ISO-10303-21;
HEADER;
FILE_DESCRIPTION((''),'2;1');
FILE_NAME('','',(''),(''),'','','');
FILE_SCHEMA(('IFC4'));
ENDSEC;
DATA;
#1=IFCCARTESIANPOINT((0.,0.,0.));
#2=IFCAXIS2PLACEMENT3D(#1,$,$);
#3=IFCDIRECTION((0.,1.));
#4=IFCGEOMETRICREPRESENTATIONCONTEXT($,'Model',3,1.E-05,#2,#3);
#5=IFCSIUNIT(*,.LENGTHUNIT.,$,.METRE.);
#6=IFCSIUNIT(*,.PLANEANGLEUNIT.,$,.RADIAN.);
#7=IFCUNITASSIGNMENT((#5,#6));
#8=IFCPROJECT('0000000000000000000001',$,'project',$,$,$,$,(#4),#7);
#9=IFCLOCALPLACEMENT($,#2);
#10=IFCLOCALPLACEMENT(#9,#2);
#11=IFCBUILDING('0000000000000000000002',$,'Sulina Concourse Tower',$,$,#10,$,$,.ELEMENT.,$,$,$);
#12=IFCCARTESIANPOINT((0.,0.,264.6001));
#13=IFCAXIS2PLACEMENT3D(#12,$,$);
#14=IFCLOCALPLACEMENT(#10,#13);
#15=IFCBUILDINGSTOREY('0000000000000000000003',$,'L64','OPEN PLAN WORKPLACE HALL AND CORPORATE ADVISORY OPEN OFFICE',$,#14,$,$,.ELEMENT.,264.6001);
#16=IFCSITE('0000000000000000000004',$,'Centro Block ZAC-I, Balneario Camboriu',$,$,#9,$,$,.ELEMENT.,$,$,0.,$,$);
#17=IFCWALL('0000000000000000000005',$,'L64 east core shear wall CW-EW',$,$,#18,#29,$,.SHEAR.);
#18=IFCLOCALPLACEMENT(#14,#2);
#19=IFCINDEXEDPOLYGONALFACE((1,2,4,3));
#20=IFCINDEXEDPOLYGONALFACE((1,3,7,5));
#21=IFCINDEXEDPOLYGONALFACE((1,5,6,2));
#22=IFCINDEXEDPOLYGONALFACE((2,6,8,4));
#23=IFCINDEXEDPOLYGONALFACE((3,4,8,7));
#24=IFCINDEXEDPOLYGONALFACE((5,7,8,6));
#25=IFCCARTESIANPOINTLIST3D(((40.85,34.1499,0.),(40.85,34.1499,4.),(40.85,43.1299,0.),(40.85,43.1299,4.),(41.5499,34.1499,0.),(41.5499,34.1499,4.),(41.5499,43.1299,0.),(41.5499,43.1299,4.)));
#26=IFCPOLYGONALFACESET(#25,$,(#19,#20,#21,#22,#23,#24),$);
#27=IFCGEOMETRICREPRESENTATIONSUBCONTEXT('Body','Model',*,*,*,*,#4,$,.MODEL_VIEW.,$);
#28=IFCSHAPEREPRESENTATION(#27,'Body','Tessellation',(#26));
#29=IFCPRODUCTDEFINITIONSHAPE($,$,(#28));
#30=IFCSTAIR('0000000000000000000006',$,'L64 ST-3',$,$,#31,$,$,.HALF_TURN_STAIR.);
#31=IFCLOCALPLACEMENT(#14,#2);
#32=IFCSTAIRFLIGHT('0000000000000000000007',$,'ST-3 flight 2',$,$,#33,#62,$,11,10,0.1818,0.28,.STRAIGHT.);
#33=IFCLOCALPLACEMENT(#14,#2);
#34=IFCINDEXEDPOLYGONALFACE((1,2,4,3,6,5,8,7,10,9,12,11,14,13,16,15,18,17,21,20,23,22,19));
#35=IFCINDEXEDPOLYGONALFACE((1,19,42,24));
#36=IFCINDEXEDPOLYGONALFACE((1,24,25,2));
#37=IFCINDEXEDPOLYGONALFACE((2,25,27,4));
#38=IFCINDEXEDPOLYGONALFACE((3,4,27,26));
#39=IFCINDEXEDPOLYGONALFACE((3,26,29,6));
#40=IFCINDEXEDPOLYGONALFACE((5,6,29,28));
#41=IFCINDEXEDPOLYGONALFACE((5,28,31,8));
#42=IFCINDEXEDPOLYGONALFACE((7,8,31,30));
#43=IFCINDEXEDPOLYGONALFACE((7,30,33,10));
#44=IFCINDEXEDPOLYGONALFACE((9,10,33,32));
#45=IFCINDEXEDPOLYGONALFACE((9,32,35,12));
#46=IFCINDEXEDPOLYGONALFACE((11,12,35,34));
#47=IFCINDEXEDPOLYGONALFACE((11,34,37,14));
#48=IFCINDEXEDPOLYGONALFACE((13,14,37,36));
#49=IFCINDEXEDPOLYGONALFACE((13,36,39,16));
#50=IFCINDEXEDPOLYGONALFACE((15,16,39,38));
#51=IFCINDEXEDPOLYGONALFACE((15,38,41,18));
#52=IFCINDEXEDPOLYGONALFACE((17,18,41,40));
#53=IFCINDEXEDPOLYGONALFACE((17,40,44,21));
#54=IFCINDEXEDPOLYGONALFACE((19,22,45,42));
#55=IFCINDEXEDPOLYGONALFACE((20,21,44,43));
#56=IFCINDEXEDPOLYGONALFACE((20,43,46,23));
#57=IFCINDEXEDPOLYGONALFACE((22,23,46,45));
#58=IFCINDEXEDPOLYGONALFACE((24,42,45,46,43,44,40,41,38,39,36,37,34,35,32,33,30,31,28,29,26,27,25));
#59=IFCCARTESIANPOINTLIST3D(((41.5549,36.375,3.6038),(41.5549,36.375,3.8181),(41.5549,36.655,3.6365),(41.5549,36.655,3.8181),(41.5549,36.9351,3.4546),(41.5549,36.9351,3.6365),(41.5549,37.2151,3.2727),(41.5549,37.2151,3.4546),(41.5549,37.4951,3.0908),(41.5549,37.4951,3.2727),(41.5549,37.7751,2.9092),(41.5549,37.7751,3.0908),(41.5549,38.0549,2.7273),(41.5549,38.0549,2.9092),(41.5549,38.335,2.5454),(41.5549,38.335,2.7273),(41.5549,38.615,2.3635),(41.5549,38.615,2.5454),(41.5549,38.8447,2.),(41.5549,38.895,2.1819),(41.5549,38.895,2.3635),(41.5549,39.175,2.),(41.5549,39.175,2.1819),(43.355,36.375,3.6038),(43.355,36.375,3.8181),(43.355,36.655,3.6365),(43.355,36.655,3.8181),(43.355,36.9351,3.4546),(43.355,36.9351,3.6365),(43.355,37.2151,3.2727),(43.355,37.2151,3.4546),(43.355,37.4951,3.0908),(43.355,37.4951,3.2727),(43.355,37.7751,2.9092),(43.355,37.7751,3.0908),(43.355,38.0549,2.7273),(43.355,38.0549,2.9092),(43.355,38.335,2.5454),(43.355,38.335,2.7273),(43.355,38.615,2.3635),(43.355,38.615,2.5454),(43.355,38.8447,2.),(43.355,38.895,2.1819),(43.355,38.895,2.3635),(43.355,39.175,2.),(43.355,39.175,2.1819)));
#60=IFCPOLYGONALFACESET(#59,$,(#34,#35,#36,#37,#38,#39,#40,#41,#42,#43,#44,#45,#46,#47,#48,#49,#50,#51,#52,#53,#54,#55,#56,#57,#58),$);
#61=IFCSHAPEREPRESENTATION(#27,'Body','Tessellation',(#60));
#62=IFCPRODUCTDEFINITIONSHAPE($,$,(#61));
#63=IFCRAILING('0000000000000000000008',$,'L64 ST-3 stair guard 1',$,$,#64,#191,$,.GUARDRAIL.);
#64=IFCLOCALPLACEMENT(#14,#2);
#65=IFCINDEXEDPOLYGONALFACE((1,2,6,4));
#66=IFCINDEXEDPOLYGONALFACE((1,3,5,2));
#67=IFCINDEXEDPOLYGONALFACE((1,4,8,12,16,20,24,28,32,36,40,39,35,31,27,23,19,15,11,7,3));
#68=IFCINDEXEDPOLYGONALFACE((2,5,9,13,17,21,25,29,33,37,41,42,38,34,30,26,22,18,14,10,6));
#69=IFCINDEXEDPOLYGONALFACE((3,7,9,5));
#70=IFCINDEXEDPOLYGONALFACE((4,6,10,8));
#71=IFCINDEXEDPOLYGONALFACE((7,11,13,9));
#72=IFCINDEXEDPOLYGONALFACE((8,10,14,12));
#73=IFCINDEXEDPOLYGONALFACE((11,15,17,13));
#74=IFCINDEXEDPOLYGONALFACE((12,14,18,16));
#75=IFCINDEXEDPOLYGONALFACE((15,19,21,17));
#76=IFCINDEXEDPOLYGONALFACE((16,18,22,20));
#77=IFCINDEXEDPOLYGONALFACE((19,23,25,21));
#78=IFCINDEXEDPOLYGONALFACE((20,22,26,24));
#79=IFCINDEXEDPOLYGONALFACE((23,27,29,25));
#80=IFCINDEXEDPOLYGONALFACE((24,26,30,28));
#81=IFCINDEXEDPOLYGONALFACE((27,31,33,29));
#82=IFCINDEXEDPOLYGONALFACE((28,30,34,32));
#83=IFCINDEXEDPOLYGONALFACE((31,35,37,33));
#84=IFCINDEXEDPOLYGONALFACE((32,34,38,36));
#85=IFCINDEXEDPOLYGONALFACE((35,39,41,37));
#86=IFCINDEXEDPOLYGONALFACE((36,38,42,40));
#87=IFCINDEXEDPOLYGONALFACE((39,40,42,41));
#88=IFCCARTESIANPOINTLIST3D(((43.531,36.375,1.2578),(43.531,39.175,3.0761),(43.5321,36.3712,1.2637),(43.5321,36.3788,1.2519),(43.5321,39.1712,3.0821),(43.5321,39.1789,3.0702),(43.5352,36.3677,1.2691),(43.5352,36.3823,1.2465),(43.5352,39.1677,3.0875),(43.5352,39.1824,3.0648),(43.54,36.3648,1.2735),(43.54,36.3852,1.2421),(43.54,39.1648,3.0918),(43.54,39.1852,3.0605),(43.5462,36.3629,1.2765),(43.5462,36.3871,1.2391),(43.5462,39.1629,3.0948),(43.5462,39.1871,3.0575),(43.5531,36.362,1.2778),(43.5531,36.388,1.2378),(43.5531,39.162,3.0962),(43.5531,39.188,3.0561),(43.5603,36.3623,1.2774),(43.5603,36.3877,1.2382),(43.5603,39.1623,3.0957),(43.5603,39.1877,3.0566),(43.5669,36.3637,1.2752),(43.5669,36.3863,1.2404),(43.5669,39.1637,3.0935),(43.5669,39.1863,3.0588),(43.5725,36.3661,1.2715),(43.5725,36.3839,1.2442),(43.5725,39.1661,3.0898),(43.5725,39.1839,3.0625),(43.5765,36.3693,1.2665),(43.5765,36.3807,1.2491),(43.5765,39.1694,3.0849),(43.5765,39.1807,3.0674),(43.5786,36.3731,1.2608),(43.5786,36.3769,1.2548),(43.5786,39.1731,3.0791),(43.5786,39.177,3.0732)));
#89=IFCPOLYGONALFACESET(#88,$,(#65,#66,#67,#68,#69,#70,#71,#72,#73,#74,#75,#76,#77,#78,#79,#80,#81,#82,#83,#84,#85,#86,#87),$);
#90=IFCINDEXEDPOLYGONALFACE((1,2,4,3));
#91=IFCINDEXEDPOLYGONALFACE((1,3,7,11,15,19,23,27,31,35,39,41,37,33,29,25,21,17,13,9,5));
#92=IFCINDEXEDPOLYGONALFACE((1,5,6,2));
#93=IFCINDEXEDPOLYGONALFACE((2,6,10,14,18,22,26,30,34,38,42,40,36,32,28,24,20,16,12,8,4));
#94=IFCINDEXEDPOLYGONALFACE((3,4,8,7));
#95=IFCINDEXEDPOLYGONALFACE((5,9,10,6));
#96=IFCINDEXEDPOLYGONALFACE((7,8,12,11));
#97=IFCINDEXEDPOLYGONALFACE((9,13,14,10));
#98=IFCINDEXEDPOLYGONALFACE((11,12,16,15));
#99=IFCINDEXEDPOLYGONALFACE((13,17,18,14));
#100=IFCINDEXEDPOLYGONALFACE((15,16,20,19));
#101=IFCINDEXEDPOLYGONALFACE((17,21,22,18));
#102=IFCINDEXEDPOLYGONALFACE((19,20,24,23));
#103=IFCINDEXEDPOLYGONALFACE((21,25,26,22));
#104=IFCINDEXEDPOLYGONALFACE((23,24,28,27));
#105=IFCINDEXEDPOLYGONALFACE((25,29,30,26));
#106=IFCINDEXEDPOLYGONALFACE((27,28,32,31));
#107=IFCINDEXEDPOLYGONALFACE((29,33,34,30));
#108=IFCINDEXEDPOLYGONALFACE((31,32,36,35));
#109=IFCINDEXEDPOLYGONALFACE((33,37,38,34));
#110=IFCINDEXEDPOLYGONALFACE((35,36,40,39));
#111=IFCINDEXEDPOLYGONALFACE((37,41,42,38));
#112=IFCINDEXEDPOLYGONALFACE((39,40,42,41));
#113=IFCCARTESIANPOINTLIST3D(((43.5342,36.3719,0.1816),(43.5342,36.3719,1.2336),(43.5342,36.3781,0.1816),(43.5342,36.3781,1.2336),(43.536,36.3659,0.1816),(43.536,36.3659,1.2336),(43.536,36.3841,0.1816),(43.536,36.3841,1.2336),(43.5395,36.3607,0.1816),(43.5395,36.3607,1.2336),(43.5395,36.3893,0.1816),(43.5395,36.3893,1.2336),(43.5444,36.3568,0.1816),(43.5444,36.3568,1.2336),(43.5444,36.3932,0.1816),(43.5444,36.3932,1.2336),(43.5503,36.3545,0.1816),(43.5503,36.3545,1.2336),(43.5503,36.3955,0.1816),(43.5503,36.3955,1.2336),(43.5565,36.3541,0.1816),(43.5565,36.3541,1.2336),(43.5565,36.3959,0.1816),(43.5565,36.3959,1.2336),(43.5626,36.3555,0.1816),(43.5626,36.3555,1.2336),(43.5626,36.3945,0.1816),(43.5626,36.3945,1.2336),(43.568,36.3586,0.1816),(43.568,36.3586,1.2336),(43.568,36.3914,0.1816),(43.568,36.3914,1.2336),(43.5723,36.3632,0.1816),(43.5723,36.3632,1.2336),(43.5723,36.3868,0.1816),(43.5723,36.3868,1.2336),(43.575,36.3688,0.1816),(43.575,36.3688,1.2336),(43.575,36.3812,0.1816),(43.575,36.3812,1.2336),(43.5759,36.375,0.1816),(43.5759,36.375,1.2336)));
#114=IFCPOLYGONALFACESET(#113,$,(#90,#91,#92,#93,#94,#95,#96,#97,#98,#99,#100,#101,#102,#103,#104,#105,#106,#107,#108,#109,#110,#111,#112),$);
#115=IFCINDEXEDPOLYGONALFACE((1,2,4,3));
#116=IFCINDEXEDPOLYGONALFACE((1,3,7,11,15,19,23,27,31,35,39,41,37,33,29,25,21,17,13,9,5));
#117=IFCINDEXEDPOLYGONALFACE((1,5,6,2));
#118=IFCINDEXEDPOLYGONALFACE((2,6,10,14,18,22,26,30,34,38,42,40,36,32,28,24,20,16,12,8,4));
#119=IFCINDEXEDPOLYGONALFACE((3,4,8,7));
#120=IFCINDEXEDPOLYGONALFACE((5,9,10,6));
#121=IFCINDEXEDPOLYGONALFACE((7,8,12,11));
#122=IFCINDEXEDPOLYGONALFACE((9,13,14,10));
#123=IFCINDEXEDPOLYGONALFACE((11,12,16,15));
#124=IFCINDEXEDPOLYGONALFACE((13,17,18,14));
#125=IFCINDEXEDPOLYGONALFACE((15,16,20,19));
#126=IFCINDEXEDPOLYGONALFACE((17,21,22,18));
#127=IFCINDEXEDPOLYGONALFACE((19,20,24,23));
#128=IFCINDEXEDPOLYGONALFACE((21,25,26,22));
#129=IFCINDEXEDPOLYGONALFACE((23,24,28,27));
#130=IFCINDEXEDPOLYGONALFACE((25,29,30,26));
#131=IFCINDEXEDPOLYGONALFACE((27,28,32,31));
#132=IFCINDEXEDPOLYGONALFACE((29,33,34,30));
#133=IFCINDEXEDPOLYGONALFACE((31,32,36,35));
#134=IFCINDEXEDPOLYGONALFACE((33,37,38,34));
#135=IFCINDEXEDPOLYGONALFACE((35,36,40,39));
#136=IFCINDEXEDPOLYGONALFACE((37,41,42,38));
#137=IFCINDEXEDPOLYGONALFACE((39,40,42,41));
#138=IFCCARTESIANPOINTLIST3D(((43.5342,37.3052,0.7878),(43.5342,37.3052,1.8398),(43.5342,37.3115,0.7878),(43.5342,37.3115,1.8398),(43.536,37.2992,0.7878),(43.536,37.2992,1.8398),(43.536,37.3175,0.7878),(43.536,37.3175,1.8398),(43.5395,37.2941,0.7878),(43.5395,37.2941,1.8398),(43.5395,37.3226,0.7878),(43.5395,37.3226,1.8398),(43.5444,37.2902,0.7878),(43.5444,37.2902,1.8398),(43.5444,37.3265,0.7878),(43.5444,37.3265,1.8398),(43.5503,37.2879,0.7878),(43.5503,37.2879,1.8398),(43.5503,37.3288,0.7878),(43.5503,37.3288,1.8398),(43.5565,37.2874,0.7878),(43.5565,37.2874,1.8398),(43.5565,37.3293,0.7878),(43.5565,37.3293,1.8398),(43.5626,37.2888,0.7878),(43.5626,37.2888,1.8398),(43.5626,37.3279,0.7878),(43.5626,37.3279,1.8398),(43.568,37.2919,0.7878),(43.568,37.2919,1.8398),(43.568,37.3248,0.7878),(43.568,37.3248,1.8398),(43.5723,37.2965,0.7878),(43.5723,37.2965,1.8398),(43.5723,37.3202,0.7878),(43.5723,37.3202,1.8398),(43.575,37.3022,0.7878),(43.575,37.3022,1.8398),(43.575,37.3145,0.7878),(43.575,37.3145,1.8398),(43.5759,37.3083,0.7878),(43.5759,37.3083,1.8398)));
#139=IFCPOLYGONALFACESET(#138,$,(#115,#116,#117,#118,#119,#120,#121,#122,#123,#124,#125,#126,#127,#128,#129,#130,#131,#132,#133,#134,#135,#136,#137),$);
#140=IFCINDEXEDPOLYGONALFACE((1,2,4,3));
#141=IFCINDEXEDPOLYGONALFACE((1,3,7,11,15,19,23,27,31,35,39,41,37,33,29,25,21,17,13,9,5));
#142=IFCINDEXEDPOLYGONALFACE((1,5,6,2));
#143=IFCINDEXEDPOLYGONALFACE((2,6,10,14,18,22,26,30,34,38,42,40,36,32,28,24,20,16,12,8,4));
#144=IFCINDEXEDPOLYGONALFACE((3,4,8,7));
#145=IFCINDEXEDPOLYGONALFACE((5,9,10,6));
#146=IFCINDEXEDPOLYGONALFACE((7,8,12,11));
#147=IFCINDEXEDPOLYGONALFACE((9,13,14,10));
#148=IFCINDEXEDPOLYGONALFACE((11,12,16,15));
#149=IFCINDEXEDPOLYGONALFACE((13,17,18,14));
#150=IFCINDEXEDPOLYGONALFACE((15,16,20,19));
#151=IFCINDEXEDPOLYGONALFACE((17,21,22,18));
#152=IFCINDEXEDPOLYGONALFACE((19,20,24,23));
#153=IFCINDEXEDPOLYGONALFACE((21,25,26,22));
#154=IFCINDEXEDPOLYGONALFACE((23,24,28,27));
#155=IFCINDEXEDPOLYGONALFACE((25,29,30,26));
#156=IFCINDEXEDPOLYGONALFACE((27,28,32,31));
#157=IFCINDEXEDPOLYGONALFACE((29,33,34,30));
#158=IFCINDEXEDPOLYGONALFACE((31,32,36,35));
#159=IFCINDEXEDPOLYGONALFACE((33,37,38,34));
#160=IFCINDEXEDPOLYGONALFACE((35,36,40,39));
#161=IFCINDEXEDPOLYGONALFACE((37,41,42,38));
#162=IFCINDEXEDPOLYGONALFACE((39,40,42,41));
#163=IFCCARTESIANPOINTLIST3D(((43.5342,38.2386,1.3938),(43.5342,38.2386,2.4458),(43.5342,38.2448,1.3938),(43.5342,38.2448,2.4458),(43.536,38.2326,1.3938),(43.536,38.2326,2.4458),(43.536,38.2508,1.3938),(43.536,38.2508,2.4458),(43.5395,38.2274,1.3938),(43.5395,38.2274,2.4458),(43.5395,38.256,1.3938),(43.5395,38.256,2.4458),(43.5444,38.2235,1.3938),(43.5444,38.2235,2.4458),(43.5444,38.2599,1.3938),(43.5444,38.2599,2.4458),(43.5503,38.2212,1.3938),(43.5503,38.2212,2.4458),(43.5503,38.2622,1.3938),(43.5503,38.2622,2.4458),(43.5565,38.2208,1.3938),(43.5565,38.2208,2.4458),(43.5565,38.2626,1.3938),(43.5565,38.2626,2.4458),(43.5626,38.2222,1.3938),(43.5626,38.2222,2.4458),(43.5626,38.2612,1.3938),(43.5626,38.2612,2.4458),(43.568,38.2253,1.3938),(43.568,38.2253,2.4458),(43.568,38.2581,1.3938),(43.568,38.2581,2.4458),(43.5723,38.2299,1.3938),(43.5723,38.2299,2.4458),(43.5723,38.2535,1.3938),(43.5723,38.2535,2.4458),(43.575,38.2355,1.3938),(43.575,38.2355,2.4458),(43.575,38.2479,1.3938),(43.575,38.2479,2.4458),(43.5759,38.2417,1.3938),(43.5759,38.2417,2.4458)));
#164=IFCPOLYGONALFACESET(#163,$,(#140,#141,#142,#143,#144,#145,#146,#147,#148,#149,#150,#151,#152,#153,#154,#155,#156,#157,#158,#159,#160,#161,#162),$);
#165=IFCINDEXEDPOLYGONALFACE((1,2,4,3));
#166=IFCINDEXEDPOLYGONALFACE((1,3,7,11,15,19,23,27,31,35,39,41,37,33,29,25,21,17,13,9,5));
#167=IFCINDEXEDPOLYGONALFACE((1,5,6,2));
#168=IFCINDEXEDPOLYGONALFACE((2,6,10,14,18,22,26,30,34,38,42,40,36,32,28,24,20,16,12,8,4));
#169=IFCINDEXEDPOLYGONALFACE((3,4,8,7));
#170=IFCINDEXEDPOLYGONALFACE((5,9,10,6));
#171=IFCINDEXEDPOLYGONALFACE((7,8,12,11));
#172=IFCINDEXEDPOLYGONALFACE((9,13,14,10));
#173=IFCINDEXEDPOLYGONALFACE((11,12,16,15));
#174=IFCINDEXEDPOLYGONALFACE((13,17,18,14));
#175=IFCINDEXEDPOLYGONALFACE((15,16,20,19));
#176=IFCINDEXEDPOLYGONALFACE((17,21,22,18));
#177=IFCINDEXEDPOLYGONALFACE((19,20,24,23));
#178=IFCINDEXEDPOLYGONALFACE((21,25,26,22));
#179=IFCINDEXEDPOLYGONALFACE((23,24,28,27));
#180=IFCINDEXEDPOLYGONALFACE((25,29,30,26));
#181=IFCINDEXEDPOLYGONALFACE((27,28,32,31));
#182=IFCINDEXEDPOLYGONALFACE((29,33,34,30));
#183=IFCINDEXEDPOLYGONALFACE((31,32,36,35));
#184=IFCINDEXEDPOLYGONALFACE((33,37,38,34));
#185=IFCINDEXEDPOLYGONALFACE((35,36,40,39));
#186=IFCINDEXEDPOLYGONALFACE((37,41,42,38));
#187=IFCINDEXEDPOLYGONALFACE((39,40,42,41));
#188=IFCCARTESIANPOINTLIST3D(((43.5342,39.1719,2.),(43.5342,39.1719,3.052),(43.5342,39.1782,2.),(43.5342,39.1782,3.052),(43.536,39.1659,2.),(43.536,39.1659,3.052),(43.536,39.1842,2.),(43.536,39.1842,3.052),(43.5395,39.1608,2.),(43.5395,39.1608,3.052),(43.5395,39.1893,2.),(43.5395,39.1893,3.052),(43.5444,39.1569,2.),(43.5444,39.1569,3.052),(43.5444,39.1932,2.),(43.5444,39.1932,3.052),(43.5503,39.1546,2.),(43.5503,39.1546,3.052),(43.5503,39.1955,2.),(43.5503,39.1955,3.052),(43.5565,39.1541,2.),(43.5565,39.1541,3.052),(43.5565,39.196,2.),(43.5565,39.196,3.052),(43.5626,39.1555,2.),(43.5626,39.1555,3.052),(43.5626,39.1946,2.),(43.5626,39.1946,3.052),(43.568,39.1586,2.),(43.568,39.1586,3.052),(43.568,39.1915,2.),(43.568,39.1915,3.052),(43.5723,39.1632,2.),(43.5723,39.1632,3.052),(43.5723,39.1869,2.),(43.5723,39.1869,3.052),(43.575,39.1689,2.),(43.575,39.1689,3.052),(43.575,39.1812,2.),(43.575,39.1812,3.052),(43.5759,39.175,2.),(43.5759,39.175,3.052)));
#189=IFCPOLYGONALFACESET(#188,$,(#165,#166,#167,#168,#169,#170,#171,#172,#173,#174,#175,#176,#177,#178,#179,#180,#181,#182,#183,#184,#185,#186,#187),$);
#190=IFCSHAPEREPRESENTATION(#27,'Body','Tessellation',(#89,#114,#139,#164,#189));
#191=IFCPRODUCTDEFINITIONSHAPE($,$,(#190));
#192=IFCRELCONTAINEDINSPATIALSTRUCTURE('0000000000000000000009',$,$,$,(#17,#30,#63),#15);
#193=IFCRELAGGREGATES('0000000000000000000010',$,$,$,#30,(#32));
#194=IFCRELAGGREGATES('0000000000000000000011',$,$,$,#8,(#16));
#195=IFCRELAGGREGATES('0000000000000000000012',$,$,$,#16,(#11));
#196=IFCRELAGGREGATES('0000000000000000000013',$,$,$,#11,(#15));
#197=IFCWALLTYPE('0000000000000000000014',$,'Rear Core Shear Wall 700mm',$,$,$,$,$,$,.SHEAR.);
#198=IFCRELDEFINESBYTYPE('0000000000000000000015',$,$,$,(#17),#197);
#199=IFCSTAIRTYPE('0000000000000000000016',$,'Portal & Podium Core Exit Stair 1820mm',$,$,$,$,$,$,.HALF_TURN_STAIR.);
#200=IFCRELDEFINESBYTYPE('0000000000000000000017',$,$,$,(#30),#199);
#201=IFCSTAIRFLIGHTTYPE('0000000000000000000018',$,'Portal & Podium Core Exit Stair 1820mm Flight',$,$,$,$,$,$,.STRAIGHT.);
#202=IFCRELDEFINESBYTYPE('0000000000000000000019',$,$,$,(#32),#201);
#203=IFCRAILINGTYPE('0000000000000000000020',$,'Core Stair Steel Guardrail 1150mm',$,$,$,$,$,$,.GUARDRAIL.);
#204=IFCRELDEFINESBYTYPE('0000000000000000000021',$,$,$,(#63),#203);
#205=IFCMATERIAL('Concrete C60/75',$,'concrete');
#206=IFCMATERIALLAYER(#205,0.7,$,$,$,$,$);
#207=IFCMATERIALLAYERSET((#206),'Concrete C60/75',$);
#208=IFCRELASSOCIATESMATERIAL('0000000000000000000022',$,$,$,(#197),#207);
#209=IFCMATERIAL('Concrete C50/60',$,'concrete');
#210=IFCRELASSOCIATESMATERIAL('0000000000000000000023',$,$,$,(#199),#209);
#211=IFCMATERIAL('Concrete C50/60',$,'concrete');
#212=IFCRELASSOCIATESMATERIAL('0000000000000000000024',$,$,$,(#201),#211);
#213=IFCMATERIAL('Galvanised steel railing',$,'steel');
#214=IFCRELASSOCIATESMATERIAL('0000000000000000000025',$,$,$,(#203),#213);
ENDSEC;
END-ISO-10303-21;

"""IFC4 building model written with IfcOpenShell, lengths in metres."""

from ifc_helpers import new_model, si_unit, direction, frame, frame_2d, origin, origin_2d, place, context, subcontext, project, spatial, polyline, rectangle, circle, outline, extrude, material, layer, layer_set, type_object, element, aggregate, save


model = new_model("IFC4")

# Units and contexts
model_context = context("Model", 3, precision=1e-05, world=origin(), true_north=direction((0.0, 1.0)))
body_context = subcontext(model_context, "Body", "Model", "MODEL_VIEW")
ifc_project = project(units=[si_unit("LENGTHUNIT", "METRE"), si_unit("PLANEANGLEUNIT", "RADIAN")], contexts=[model_context])

# Site, building, storey
site_placement = place(None, origin())
site = spatial("IfcSite", under=ifc_project, at=site_placement, Name="Centro Block ZAC-I, Balneario Camboriu", CompositionType="ELEMENT", RefElevation=0.0)
building_placement = place(site_placement, origin())
building = spatial("IfcBuilding", under=site, at=building_placement, Name="Sulina Concourse Tower", CompositionType="ELEMENT")
storey_placement = place(building_placement, frame((0.0, 0.0, 264.6001)))
storey = spatial("IfcBuildingStorey", under=building, at=storey_placement, Name="L64", Description="OPEN PLAN WORKPLACE HALL AND CORPORATE ADVISORY OPEN OFFICE", CompositionType="ELEMENT", Elevation=264.6001)

# Wall
ifc_material_1 = material(Name="Concrete C60/75", Category="concrete")
ifc_layer_1 = layer(ifc_material_1, 0.7)
ifc_layer_set_1 = layer_set([ifc_layer_1], Name="Concrete C60/75")
wall_type_1 = type_object("IfcWallType", Name="Rear Core Shear Wall 700mm", PredefinedType="SHEAR", material=ifc_layer_set_1)
wall_1_placement = place(storey_placement, frame((41.2, 34.1499, 0.0), z_axis=(0.0, 0.0, 1.0), x_axis=(0.0, 1.0, 0.0)))
element("IfcWall", 1, at=wall_1_placement, inside=storey, type_object=wall_type_1, Name="L64 east core shear wall CW-EW", PredefinedType="SHEAR", context=body_context, shape_type="SweptSolid", body=[
    extrude(rectangle(XDim=8.98, YDim=0.7, at=frame_2d((4.49, 0.0))), origin(), (0.0, 0.0, 1.0), 4.0),
])

# Stair, stair flight
ifc_material_2 = material(Name="Concrete C50/60", Category="concrete")
stair_type = type_object("IfcStairType", Name="Portal & Podium Core Exit Stair 1820mm", PredefinedType="HALF_TURN_STAIR", material=ifc_material_2)
stair_placement = place(storey_placement, origin())
stair = element("IfcStair", 2, at=stair_placement, inside=storey, type_object=stair_type, Name="L64 ST-3", PredefinedType="HALF_TURN_STAIR")
ifc_material_3 = material(Name="Concrete C50/60", Category="concrete")
stair_flight_type = type_object("IfcStairFlightType", Name="Portal & Podium Core Exit Stair 1820mm Flight", PredefinedType="STRAIGHT", material=ifc_material_3)
stair_flight_placement = place(storey_placement, frame((42.4551, 39.175, 2.0), z_axis=(0.0, 0.0, 1.0), x_axis=(0.0, -1.0, 0.0)))
stair_flight = element("IfcStairFlight", 3, at=stair_flight_placement, type_object=stair_flight_type, Name="ST-3 flight 2", NumberOfRisers=11, NumberOfTreads=10, PredefinedType="STRAIGHT", RiserHeight=0.1818, TreadLength=0.28, context=body_context, shape_type="SweptSolid", body=[
    extrude(outline(polyline([(0.0, 0.0), (0.0, 0.1819), (0.28, 0.1819), (0.28, 0.3635), (0.5601, 0.3635), (0.5601, 0.5454), (0.8401, 0.5454), (0.8401, 0.7273), (1.1201, 0.7273), (1.1201, 0.9092), (1.3999, 0.9092), (1.3999, 1.0908), (1.6799, 1.0908), (1.6799, 1.2727), (1.96, 1.2727), (1.96, 1.4546), (2.24, 1.4546), (2.24, 1.6365), (2.52, 1.6365), (2.52, 1.8181), (2.8, 1.8181), (2.8, 2.0), (2.8, 1.6038), (0.3303, 0.0), (0.0, 0.0)])), frame((0.0, 0.8999, 0.0), z_axis=(0.0, -1.0, 0.0), x_axis=(1.0, 0.0, 0.0)), (0.0, 0.0, 1.0), 1.8),
])
aggregate(stair, [stair_flight])

# Railing
ifc_material_4 = material(Name="Galvanised steel railing", Category="steel")
railing_type_1 = type_object("IfcRailingType", Name="Core Stair Steel Guardrail 1150mm", PredefinedType="GUARDRAIL", material=ifc_material_4)
railing_1_placement = place(storey_placement, frame((43.5549, 36.375, 0.1816)))
element("IfcRailing", 4, at=railing_1_placement, inside=storey, type_object=railing_type_1, Name="L64 ST-3 stair guard 1", PredefinedType="GUARDRAIL", context=body_context, shape_type="SweptSolid", body=[
    extrude(circle(Radius=0.0239, at=origin_2d()), frame((0.0, 0.0, 1.0762), z_axis=(0.0, 0.838672, 0.544636), x_axis=(-1.0, 0.0, 0.0)), (0.0, 0.0, 1.0), 3.3386),
    extrude(circle(Radius=0.021, at=origin_2d()), origin(), (0.0, 0.0, 1.0), 1.052),
    extrude(circle(Radius=0.021, at=origin_2d()), frame((0.0, 0.9333, 0.6062)), (0.0, 0.0, 1.0), 1.052),
    extrude(circle(Radius=0.021, at=origin_2d()), frame((0.0, 1.8667, 1.2122)), (0.0, 0.0, 1.0), 1.052),
    extrude(circle(Radius=0.021, at=origin_2d()), frame((0.0, 2.8, 1.8184)), (0.0, 0.0, 1.0), 1.052),
])

save(model, "model.ifc")
